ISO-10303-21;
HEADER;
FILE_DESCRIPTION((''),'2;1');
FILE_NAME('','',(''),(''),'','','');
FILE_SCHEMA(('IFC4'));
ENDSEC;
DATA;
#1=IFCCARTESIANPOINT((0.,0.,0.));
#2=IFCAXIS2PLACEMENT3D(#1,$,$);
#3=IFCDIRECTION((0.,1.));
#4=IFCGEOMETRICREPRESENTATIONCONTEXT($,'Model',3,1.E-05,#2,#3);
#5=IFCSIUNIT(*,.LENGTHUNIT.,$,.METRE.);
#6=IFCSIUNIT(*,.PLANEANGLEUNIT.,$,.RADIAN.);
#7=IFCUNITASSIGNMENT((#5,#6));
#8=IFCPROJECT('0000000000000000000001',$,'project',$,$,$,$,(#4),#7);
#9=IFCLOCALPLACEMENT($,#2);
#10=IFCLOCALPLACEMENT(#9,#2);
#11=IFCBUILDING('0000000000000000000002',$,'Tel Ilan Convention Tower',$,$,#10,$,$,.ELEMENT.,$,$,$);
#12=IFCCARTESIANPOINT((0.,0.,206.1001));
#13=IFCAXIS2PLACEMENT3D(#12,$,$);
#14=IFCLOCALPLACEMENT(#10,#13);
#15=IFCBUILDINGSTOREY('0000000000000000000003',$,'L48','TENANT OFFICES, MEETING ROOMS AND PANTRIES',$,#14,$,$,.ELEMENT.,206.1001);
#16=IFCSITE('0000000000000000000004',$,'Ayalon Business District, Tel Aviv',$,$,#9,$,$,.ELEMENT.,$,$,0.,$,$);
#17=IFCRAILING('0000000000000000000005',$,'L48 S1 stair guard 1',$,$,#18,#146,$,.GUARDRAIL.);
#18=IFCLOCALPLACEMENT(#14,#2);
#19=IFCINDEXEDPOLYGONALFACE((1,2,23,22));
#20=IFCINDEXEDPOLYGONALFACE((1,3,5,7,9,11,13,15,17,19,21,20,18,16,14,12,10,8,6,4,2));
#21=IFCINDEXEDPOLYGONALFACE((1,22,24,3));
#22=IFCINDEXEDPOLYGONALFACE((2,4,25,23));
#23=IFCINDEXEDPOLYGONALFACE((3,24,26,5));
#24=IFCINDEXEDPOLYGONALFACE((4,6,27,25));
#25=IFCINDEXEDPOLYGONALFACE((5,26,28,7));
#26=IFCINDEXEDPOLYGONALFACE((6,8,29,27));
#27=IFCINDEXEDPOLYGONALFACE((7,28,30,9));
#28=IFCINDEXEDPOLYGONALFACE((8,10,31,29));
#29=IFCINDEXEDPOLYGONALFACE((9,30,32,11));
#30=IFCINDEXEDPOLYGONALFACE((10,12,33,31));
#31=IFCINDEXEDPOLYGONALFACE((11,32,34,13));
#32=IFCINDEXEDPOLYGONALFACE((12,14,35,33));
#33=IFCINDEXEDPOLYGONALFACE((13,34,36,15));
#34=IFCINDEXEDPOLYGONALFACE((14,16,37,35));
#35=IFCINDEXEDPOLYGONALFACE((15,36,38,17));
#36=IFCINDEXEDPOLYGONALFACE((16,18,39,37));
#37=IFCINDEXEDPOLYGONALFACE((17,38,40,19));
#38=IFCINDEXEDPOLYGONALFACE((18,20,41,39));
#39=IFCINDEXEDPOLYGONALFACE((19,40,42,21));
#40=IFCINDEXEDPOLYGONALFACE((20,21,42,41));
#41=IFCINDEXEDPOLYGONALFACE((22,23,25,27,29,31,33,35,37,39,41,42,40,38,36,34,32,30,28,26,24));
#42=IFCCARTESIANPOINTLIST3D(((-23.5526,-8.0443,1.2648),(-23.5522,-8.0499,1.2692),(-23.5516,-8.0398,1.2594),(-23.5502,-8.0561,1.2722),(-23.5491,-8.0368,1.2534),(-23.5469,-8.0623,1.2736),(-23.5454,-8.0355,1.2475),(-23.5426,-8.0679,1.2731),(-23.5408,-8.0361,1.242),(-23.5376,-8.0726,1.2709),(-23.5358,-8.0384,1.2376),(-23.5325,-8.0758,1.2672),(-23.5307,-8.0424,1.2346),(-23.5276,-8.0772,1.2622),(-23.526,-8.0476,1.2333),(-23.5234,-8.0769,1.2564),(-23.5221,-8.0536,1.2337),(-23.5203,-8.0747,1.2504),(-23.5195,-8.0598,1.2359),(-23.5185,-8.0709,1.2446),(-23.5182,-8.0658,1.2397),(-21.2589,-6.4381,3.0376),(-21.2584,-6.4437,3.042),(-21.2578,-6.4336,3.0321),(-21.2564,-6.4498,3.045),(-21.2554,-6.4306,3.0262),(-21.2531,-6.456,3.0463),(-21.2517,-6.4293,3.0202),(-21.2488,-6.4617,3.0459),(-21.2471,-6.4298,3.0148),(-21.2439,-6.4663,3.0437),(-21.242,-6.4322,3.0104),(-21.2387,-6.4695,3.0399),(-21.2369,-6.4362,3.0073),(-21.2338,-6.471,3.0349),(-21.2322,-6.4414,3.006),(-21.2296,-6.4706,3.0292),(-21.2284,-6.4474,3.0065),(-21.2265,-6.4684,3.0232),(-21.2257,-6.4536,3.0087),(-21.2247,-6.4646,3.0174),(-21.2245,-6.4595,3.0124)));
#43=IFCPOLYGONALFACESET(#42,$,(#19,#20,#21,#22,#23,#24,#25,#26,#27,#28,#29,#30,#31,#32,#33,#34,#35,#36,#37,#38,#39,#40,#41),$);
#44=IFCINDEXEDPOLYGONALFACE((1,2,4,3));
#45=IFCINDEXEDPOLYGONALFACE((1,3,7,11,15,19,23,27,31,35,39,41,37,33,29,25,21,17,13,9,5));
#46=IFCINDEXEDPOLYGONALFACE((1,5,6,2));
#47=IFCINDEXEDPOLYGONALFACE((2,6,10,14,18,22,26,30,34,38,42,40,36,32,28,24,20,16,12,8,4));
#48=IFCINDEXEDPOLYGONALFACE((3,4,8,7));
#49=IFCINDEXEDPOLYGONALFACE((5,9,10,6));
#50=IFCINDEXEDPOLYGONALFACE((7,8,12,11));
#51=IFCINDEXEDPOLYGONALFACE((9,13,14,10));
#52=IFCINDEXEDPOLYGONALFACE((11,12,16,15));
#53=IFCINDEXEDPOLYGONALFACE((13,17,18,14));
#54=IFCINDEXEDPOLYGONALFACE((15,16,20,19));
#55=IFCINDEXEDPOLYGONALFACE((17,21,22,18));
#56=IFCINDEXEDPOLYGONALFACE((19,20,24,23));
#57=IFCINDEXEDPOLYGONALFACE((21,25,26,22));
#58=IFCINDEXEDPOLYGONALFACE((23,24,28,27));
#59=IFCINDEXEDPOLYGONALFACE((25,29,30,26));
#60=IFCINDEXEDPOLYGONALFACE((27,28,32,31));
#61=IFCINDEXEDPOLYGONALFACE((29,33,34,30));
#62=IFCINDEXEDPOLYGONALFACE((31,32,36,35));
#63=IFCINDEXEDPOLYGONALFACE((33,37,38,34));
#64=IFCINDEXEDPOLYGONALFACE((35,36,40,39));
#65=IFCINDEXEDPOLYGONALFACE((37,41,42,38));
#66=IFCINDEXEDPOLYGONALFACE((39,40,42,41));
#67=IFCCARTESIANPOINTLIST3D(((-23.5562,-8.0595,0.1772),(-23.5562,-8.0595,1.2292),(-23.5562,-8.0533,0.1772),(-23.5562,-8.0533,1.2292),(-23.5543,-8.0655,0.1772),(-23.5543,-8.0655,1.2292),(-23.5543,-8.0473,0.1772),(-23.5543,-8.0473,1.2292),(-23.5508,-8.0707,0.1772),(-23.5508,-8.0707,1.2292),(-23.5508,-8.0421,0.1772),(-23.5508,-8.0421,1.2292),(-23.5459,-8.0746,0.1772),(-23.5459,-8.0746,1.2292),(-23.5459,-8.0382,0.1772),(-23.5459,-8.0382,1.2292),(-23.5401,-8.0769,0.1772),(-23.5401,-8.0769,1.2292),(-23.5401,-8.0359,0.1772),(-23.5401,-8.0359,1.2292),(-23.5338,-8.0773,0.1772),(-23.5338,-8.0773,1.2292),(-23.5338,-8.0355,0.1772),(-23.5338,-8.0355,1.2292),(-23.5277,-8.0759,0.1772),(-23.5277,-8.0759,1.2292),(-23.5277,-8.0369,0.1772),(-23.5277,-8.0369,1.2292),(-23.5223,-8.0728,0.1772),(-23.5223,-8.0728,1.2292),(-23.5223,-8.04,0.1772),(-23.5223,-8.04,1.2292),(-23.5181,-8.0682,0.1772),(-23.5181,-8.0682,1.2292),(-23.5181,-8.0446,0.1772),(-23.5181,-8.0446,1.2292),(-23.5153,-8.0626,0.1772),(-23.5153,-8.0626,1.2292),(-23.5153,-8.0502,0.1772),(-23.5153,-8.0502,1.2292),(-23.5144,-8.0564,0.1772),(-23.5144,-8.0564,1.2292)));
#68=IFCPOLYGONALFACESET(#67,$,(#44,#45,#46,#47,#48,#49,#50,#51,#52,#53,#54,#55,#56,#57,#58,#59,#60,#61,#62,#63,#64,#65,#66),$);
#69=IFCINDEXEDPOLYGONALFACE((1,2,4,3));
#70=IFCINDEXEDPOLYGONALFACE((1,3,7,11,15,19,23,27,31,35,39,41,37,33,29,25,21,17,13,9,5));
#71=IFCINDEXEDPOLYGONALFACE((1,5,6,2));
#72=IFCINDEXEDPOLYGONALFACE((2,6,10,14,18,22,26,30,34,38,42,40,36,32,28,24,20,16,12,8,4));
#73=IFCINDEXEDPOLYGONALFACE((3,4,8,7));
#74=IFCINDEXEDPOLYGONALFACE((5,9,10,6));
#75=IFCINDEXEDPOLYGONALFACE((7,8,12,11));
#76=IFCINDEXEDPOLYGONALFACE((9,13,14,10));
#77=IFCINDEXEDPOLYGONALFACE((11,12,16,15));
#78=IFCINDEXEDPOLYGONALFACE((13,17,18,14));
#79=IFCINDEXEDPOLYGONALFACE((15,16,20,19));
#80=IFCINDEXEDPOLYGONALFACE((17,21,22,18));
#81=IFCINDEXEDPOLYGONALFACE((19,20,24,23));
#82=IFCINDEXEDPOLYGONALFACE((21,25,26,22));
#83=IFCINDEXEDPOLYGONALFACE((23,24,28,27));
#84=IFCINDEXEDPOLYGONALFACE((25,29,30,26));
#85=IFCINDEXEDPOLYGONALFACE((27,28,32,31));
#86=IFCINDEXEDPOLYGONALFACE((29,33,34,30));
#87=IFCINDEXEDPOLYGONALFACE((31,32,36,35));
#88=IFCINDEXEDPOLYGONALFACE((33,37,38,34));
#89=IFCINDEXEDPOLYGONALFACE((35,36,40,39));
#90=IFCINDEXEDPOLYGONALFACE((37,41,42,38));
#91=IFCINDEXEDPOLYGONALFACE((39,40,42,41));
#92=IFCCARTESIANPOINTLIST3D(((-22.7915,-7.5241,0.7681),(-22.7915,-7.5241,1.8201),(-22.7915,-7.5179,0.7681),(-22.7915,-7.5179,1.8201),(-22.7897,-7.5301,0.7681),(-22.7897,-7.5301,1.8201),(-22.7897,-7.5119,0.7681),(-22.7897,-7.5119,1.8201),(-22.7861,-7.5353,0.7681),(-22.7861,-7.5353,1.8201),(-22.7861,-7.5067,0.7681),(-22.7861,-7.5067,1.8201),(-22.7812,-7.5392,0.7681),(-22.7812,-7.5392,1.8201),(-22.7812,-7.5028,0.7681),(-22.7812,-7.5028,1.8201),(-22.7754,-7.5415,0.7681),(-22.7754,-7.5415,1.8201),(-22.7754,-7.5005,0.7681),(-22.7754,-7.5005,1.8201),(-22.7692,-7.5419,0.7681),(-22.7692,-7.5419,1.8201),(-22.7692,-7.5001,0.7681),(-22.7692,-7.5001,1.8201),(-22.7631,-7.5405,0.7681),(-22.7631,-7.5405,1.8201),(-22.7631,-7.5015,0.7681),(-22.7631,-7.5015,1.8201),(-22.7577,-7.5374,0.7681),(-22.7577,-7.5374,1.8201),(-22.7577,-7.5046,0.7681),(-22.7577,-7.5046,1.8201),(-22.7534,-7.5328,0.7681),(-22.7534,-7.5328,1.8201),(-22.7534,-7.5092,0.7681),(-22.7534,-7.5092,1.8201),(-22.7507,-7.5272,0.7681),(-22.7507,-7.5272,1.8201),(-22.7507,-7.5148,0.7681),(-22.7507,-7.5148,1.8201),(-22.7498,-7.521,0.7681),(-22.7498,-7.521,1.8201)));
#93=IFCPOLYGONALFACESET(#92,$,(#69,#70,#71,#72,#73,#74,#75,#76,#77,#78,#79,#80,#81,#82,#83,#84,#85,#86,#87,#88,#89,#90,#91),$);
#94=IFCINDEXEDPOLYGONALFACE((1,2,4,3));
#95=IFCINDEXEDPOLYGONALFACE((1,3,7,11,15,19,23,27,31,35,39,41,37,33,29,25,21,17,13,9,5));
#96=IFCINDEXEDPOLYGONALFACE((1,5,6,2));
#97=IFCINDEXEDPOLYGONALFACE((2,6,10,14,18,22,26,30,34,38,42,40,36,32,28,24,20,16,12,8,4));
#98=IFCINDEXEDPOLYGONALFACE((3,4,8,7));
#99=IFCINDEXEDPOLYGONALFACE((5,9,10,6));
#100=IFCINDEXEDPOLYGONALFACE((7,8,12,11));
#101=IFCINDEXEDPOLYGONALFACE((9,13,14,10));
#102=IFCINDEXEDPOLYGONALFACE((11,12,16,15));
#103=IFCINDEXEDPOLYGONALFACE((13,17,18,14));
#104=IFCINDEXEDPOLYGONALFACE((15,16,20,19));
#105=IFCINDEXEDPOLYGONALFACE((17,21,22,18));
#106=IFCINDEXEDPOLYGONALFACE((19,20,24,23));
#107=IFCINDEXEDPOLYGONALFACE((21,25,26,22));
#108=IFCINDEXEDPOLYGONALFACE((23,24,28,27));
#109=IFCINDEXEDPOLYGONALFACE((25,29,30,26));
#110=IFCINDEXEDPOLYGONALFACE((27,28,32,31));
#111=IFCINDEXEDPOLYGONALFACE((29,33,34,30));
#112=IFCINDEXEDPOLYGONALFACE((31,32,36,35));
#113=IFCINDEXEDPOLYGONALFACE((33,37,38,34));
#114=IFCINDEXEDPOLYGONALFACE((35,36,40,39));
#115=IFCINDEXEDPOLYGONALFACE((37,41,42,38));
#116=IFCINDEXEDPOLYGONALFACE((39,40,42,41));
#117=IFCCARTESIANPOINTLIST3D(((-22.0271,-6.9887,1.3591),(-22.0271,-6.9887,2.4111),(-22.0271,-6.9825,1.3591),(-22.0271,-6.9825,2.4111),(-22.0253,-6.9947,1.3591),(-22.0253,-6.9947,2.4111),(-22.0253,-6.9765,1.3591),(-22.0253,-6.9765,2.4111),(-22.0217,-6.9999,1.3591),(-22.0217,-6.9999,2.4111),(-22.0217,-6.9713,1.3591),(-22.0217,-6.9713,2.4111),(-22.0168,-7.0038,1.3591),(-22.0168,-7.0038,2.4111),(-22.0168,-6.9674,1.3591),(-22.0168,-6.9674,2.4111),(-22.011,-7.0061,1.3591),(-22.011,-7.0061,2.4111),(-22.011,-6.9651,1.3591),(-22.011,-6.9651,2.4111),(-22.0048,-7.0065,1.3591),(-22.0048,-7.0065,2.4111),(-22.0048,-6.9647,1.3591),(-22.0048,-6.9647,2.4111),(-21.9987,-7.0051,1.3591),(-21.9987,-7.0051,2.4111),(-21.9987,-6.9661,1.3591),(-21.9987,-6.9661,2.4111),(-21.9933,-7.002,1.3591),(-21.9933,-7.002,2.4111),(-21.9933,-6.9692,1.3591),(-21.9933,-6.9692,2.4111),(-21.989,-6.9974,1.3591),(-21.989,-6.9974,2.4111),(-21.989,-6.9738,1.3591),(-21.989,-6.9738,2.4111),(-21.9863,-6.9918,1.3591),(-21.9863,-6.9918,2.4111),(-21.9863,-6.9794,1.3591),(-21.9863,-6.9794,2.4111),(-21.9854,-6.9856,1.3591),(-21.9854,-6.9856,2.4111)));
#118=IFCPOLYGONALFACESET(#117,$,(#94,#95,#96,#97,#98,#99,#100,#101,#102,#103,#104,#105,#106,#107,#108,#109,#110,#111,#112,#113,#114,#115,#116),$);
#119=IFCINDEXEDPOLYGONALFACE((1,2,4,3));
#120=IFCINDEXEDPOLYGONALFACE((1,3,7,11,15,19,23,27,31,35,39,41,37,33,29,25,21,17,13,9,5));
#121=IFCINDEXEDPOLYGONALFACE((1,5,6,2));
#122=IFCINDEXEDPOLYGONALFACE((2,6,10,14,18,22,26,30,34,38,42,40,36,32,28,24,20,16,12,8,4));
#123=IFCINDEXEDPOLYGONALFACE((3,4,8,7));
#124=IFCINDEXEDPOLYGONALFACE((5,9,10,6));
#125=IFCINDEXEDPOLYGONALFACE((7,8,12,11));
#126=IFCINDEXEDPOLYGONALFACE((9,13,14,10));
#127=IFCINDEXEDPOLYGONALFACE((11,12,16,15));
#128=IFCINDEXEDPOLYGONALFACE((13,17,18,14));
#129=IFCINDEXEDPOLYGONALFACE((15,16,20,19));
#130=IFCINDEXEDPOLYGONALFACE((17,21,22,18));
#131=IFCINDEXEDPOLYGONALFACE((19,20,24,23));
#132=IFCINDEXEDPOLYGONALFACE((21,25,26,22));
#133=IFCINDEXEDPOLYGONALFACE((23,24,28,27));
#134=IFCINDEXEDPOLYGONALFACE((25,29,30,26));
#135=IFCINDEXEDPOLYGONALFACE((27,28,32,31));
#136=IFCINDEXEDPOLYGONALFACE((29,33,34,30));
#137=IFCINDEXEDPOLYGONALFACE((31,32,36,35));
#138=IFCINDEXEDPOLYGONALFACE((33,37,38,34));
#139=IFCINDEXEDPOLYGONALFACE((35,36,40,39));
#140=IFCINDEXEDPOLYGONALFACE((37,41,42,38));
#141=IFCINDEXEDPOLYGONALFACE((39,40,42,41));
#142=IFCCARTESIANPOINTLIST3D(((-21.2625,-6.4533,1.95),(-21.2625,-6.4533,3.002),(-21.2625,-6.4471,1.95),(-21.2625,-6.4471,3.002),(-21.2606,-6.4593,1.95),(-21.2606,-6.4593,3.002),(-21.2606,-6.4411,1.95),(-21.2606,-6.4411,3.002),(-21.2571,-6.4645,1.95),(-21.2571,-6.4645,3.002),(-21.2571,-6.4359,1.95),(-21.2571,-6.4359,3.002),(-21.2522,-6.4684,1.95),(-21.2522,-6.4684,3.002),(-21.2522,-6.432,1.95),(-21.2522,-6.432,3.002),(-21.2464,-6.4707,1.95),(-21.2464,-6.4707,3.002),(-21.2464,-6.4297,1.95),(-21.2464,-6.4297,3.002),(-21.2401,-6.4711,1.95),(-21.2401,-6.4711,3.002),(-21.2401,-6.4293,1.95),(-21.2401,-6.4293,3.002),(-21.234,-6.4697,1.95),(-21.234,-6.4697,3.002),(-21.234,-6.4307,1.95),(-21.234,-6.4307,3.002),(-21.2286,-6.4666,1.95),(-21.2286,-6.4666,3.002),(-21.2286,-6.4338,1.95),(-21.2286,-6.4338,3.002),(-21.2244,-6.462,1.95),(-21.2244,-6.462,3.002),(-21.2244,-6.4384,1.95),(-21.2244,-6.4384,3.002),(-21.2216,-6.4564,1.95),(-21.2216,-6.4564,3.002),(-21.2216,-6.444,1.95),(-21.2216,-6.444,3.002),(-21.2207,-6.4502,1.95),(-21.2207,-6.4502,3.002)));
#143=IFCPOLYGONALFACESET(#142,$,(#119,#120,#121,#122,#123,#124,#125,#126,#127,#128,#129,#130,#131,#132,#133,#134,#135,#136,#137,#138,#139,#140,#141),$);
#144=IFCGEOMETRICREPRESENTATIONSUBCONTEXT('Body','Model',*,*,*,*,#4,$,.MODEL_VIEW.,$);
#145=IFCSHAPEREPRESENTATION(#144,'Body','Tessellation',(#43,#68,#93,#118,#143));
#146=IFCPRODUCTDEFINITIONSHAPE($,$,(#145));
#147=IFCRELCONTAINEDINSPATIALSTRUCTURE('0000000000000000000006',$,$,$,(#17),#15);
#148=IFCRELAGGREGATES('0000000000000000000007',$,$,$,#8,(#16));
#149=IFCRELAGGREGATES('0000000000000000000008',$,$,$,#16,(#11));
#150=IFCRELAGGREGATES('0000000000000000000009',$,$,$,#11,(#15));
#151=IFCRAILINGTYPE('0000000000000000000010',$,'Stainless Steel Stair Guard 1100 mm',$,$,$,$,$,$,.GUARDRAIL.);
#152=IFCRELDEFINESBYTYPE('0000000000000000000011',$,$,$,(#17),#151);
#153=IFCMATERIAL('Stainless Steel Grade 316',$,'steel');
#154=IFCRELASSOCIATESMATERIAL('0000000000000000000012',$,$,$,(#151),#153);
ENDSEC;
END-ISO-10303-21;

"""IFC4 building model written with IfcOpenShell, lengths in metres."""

from ifc_helpers import new_model, si_unit, direction, frame, origin, origin_2d, place, context, subcontext, project, spatial, circle, extrude, material, type_object, element, save


model = new_model("IFC4")

# Units and contexts
model_context = context("Model", 3, precision=1e-05, world=origin(), true_north=direction((0.0, 1.0)))
body_context = subcontext(model_context, "Body", "Model", "MODEL_VIEW")
ifc_project = project(units=[si_unit("LENGTHUNIT", "METRE"), si_unit("PLANEANGLEUNIT", "RADIAN")], contexts=[model_context])

# Site, building, storey
site_placement = place(None, origin())
site = spatial("IfcSite", under=ifc_project, at=site_placement, Name="Ayalon Business District, Tel Aviv", CompositionType="ELEMENT", RefElevation=0.0)
building_placement = place(site_placement, origin())
building = spatial("IfcBuilding", under=site, at=building_placement, Name="Tel Ilan Convention Tower", CompositionType="ELEMENT")
storey_placement = place(building_placement, frame((0.0, 0.0, 206.1001)))
storey = spatial("IfcBuildingStorey", under=building, at=storey_placement, Name="L48", Description="TENANT OFFICES, MEETING ROOMS AND PANTRIES", CompositionType="ELEMENT", Elevation=206.1001)

# Railing
ifc_material_1 = material(Name="Stainless Steel Grade 316", Category="steel")
railing_type = type_object("IfcRailingType", Name="Stainless Steel Stair Guard 1100 mm", PredefinedType="GUARDRAIL", material=ifc_material_1)
railing_1_placement = place(storey_placement, frame((-23.5354, -8.0564, 0.1772)))
element("IfcRailing", 1, at=railing_1_placement, inside=storey, type_object=railing_type, Name="L48 S1 stair guard 1", PredefinedType="GUARDRAIL", context=body_context, shape_type="SweptSolid", body=[
    extrude(circle(Radius=0.0239, at=origin_2d()), frame((0.0, 0.0, 1.0762), z_axis=(0.692098, 0.484653, 0.534894), x_axis=(-0.573609, 0.81913, 0.0)), (0.0, 0.0, 1.0), 3.3142),
    extrude(circle(Radius=0.021, at=origin_2d()), origin(), (0.0, 0.0, 1.0), 1.052),
    extrude(circle(Radius=0.021, at=origin_2d()), frame((0.7646, 0.5354, 0.5908)), (0.0, 0.0, 1.0), 1.052),
    extrude(circle(Radius=0.021, at=origin_2d()), frame((1.5291, 1.0708, 1.1819)), (0.0, 0.0, 1.0), 1.052),
    extrude(circle(Radius=0.021, at=origin_2d()), frame((2.2937, 1.6062, 1.7727)), (0.0, 0.0, 1.0), 1.052),
])

save(model, "model.ifc")
